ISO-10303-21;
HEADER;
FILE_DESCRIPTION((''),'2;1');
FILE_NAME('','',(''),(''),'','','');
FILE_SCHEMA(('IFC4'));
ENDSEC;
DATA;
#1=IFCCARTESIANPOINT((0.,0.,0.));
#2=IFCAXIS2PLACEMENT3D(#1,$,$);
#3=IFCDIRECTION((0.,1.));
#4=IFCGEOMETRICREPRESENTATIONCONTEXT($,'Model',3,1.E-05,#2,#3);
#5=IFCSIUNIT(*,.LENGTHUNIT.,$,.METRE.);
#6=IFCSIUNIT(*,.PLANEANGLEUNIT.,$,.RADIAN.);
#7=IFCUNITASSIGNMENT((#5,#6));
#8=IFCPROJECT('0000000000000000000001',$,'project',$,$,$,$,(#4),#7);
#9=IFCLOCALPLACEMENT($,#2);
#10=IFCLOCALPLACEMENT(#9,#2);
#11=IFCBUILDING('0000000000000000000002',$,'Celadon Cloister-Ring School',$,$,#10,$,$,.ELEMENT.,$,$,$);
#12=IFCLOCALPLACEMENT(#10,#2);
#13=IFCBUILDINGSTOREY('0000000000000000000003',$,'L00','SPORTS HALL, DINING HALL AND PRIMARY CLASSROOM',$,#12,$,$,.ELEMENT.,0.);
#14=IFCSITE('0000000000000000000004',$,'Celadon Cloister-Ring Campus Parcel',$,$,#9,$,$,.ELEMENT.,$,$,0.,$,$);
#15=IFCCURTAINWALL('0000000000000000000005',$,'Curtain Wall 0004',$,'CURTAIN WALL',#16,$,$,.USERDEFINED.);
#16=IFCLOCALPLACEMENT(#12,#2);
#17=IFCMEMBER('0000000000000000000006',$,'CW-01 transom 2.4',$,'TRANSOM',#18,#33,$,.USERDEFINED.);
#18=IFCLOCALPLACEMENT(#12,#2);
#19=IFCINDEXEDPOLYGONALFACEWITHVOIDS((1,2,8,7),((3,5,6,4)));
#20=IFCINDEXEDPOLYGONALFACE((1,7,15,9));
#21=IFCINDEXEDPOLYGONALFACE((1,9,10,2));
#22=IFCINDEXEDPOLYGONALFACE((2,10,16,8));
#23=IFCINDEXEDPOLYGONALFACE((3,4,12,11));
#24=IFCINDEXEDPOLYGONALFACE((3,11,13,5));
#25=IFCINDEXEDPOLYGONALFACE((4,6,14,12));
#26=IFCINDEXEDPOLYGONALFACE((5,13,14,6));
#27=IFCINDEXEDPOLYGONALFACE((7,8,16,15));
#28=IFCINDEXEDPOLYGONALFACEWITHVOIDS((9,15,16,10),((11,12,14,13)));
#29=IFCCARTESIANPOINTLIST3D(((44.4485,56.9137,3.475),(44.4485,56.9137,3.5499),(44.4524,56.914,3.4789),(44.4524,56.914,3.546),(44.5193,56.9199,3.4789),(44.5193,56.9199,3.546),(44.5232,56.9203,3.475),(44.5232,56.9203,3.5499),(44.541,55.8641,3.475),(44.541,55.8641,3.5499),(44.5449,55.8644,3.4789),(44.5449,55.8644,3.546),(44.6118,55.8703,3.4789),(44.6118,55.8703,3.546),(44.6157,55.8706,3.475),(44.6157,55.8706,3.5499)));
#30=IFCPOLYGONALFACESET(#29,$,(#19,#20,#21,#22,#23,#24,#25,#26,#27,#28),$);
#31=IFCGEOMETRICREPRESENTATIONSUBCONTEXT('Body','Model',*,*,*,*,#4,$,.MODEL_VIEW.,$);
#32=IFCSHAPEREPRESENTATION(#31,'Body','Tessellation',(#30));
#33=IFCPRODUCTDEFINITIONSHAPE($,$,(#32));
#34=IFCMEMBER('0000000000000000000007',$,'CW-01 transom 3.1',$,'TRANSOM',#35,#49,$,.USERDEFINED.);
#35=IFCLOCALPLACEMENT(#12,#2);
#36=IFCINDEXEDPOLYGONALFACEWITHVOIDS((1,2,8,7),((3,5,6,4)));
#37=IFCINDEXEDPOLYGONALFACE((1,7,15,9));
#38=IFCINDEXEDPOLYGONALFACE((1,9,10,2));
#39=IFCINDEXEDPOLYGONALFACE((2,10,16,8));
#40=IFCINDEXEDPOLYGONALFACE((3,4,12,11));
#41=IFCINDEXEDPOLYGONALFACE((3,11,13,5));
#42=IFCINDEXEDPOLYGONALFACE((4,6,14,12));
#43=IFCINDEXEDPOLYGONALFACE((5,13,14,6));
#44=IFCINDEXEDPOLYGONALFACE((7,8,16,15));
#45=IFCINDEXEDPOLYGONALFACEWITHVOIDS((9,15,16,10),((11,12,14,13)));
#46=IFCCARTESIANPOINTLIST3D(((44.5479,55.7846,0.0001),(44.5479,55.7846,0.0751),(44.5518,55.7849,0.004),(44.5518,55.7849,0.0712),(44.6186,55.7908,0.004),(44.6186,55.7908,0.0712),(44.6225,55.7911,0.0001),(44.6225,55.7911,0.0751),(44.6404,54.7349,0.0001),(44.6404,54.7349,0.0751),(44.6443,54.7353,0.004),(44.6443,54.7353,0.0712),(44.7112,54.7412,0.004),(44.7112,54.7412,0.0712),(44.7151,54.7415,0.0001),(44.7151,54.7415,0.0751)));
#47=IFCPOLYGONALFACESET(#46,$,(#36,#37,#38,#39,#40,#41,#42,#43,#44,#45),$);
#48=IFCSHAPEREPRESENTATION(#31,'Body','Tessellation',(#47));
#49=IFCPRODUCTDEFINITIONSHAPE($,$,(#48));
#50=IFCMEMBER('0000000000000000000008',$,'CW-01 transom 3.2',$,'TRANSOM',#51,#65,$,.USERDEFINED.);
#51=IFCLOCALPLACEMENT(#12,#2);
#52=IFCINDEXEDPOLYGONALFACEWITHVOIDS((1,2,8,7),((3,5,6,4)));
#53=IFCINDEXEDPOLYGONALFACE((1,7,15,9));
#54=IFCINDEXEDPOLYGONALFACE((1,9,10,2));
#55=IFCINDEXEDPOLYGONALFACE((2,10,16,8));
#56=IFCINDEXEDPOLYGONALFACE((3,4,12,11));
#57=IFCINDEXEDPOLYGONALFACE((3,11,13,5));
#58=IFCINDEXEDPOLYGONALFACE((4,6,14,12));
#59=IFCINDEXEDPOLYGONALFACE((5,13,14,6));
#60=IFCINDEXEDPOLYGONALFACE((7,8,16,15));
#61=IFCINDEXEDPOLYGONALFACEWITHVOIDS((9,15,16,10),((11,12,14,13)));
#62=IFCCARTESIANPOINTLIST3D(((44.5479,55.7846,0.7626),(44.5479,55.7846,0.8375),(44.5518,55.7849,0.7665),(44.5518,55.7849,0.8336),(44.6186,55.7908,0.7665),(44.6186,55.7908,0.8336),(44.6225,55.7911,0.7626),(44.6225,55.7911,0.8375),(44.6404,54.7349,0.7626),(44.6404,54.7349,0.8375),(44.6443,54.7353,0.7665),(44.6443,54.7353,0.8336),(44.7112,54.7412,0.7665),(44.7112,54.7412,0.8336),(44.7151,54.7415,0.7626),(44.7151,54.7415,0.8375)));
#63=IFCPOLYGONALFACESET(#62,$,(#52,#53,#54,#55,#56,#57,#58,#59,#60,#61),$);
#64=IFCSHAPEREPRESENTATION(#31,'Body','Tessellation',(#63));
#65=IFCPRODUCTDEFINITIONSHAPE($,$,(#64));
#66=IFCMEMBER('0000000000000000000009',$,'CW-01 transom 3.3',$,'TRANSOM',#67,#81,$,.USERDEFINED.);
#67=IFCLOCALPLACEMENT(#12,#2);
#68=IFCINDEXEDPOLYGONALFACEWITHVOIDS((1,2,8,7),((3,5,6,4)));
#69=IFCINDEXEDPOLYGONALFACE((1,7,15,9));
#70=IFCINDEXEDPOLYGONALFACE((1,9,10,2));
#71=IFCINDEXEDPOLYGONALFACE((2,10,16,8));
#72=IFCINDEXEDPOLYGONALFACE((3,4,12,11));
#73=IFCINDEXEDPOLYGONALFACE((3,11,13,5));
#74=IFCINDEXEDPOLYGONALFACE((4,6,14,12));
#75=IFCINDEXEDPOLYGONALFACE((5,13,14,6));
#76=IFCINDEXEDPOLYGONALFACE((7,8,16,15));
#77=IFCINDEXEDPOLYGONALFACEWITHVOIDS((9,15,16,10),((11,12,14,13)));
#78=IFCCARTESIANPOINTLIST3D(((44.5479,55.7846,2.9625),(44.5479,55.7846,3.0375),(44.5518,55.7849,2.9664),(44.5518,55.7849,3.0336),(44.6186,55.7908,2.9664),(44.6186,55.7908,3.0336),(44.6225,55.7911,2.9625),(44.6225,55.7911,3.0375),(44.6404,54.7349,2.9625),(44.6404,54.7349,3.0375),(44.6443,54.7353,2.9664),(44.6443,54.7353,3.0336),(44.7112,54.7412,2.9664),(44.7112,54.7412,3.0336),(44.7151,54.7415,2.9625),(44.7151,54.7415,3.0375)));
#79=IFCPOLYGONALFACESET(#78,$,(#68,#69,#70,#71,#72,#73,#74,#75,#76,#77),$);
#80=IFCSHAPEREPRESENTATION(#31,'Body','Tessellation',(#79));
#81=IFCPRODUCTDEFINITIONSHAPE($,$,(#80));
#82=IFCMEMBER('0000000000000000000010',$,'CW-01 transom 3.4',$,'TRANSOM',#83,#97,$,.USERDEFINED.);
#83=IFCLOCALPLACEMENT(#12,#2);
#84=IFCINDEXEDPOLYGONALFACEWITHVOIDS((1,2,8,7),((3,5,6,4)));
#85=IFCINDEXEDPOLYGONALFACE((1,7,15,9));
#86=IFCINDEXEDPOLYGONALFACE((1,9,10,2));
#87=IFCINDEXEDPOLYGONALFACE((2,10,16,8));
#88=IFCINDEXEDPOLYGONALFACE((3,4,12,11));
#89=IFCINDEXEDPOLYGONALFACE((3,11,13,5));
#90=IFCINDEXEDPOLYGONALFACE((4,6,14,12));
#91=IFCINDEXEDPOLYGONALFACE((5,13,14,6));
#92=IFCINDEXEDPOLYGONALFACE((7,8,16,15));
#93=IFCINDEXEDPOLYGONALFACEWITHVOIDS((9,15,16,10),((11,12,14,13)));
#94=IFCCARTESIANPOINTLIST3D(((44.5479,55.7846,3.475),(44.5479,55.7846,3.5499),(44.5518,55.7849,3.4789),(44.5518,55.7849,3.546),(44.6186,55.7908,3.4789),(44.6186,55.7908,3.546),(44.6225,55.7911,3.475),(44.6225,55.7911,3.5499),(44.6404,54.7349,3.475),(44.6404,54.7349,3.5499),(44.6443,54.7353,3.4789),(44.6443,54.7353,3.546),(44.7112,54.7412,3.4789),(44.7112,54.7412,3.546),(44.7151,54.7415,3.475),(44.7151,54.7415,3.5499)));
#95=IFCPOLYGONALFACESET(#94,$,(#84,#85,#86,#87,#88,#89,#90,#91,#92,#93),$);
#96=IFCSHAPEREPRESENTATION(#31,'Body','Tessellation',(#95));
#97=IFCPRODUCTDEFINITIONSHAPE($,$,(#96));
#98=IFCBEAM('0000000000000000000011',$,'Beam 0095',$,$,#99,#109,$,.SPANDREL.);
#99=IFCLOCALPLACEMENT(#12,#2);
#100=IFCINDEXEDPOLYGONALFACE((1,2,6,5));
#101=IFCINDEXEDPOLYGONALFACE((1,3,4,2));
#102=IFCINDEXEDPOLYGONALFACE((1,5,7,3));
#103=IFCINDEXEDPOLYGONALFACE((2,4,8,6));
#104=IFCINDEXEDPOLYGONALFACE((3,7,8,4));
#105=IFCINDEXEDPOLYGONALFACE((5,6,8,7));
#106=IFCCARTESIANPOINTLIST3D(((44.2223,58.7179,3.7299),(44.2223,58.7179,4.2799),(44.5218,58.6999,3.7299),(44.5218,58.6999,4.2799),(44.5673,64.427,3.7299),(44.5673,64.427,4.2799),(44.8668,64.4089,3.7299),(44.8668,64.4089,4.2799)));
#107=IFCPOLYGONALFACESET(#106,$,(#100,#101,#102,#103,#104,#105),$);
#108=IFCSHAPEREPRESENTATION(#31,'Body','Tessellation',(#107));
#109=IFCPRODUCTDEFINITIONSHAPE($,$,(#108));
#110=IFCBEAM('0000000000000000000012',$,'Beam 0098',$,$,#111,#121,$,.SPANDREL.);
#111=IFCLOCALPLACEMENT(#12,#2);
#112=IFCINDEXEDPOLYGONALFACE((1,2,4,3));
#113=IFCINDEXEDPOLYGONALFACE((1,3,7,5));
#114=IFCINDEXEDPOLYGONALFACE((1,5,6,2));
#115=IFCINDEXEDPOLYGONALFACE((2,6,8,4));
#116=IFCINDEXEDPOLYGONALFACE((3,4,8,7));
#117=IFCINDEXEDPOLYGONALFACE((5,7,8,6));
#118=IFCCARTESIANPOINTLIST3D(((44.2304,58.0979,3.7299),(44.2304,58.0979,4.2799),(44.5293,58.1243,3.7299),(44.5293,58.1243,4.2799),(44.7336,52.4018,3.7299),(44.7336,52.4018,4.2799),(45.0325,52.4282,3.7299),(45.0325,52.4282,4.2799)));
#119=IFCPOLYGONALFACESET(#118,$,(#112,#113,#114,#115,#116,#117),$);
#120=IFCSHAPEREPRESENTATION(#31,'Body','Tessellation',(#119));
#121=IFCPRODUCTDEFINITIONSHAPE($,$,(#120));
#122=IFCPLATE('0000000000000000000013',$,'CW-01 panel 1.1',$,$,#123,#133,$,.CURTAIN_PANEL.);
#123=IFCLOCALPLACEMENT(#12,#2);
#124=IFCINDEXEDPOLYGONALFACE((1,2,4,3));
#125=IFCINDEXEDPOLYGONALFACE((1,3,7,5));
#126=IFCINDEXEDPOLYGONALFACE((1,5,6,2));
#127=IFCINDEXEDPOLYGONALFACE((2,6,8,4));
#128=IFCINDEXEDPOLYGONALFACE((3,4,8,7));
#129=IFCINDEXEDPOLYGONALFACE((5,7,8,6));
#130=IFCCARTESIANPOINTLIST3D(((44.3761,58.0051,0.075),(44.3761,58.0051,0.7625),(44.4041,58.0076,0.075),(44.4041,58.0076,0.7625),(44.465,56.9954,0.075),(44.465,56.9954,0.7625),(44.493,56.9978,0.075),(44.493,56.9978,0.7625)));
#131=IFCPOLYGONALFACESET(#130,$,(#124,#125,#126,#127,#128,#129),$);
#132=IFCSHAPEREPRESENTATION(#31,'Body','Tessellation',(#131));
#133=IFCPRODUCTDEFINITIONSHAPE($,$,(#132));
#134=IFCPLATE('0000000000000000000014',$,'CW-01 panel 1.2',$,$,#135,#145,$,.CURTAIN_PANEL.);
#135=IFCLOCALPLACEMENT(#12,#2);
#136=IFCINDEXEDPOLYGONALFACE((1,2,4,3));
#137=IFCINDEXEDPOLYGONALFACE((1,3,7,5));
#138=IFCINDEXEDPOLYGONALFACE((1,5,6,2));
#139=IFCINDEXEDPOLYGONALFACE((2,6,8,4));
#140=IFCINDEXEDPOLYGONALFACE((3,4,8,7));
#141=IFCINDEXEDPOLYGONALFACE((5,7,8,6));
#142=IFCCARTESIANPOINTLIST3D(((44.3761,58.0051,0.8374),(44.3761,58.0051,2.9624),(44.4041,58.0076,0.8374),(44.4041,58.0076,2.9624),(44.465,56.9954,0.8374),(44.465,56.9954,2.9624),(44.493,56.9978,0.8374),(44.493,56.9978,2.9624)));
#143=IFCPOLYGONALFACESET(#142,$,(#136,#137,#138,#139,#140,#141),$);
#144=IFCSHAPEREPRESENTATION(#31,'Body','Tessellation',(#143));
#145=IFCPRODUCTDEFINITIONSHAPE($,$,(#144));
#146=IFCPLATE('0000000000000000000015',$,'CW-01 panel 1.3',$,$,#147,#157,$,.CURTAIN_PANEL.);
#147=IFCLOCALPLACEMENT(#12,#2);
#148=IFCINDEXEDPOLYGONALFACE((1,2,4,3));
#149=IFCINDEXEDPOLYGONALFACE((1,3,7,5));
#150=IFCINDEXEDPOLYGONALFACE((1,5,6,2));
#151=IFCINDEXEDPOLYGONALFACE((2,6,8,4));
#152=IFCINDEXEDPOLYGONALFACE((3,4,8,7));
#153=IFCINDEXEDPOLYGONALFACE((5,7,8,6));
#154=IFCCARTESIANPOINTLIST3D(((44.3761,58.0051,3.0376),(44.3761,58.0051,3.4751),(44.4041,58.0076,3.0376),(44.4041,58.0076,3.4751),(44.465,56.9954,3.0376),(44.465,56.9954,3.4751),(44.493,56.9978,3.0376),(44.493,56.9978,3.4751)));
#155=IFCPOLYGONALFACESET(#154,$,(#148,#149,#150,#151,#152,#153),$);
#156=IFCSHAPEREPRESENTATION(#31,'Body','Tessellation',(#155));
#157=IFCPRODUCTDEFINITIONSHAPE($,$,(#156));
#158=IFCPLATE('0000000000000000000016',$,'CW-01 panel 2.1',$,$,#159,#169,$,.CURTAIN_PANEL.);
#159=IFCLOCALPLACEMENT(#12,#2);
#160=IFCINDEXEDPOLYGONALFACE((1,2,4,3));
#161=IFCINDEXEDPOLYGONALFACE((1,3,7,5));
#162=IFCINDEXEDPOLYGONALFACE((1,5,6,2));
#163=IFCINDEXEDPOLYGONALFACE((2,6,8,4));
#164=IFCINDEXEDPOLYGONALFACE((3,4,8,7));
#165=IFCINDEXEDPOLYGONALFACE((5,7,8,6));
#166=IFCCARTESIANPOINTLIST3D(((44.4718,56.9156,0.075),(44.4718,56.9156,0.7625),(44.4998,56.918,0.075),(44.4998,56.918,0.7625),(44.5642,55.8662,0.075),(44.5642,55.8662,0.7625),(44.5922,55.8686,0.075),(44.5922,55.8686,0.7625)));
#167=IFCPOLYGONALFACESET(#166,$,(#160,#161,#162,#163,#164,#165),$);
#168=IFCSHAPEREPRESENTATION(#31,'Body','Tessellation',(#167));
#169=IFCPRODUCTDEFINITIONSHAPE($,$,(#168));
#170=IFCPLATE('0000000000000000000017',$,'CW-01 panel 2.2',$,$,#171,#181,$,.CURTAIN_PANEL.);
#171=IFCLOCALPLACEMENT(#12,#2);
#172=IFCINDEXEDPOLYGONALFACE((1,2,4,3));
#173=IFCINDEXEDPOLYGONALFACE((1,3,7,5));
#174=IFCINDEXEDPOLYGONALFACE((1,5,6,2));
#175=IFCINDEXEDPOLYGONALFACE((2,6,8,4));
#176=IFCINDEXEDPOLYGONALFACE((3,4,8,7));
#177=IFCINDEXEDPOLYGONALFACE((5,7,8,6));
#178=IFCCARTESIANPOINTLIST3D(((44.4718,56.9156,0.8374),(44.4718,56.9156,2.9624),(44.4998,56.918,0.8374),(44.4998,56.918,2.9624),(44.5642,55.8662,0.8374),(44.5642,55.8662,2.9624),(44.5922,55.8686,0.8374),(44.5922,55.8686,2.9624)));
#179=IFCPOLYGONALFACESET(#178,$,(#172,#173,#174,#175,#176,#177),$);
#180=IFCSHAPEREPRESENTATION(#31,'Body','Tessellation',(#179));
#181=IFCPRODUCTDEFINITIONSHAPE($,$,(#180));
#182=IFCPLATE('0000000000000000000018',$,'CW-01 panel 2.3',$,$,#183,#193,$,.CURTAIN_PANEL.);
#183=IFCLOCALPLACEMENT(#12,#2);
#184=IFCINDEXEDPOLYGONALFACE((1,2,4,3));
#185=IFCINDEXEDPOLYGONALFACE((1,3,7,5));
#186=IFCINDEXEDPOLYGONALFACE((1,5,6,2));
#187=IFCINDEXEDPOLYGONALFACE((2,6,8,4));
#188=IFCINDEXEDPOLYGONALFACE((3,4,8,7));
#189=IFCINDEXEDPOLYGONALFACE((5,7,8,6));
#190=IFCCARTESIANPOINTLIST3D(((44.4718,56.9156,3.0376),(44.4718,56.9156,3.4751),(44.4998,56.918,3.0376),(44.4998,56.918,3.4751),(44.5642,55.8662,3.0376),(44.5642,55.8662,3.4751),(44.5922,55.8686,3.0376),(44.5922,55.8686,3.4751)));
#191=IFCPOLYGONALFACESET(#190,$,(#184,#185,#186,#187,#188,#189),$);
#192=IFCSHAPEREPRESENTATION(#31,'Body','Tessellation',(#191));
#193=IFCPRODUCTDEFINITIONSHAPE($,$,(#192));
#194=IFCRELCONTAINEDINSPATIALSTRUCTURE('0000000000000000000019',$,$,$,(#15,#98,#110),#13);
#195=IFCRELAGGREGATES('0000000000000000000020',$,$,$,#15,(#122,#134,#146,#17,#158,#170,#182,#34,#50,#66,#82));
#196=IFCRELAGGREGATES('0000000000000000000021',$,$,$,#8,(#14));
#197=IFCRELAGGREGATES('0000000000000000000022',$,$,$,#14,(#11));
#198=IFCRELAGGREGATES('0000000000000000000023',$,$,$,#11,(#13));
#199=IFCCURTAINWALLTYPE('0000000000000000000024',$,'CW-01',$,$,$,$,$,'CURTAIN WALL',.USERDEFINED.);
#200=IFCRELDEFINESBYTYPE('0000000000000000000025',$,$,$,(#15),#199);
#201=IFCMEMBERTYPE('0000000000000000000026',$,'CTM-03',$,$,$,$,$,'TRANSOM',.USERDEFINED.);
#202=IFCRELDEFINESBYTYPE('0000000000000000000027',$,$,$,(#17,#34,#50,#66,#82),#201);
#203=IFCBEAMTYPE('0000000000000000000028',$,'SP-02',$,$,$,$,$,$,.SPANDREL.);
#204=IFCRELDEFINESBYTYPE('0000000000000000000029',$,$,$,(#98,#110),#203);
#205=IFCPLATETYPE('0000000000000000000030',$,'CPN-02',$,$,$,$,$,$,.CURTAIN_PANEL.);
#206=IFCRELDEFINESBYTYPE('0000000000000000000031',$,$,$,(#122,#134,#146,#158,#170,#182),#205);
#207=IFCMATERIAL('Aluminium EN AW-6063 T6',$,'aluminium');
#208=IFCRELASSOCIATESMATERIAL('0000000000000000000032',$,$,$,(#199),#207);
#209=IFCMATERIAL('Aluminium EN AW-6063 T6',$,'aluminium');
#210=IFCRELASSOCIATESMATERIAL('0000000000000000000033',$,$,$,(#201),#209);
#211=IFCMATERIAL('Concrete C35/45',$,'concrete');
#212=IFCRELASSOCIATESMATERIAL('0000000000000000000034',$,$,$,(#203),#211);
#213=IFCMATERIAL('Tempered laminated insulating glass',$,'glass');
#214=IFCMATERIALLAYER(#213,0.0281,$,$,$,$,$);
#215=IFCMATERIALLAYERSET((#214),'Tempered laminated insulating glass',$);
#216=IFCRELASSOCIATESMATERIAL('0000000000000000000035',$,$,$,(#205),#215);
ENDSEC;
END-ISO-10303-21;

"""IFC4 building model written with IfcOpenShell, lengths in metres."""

from ifc_helpers import new_model, si_unit, direction, frame, origin, origin_2d, place, context, subcontext, project, spatial, rectangle, hollow_rectangle, extrude, material, layer, layer_set, material_profile, profile_set, type_object, element, aggregate, save


model = new_model("IFC4")

# Units and contexts
model_context = context("Model", 3, precision=1e-05, world=origin(), true_north=direction((0.0, 1.0)))
body_context = subcontext(model_context, "Body", "Model", "MODEL_VIEW")
ifc_project = project(units=[si_unit("LENGTHUNIT", "METRE"), si_unit("PLANEANGLEUNIT", "RADIAN")], contexts=[model_context])

# Site, building, storey
site_placement = place(None, origin())
site = spatial("IfcSite", under=ifc_project, at=site_placement, Name="Celadon Cloister-Ring Campus Parcel", CompositionType="ELEMENT", RefElevation=0.0)
building_placement = place(site_placement, origin())
building = spatial("IfcBuilding", under=site, at=building_placement, Name="Celadon Cloister-Ring School", CompositionType="ELEMENT")
storey_placement = place(building_placement, origin())
storey = spatial("IfcBuildingStorey", under=building, at=storey_placement, Name="L00", Description="SPORTS HALL, DINING HALL AND PRIMARY CLASSROOM", CompositionType="ELEMENT", Elevation=0.0)

# Curtain wall, members
ifc_material_1 = material(Name="Aluminium EN AW-6063 T6", Category="aluminium")
curtain_wall_type = type_object("IfcCurtainWallType", Name="CW-01", ElementType="CURTAIN WALL", PredefinedType="USERDEFINED", material=ifc_material_1)
curtain_wall_placement = place(storey_placement, origin())
curtain_wall = element("IfcCurtainWall", 1, at=curtain_wall_placement, inside=storey, type_object=curtain_wall_type, Name="Curtain Wall 0004", ObjectType="CURTAIN WALL", PredefinedType="USERDEFINED")
ifc_material_2 = material(Name="Aluminium EN AW-6063 T6", Category="aluminium")
ifc_material_profile_1 = material_profile(ifc_material_2, hollow_rectangle(XDim=0.075, YDim=0.075, WallThickness=0.0039, at=origin_2d()), Name="RHS75X75X4")
ifc_profile_set_1 = profile_set([ifc_material_profile_1], Name="Aluminium EN AW-6063 T6")
member_type_1 = type_object("IfcMemberType", Name="CTM-03", ElementType="TRANSOM", PredefinedType="USERDEFINED", material=ifc_profile_set_1)
member_1_placement = place(storey_placement, frame((44.4858, 56.917, 3.5125), z_axis=(0.087819, -0.996136, 0.0), x_axis=(0.996136, 0.087819, 0.0)))
member_1 = element("IfcMember", 2, at=member_1_placement, type_object=member_type_1, Name="CW-01 transom 2.4", ObjectType="TRANSOM", PredefinedType="USERDEFINED", context=body_context, shape_type="SweptSolid", body=[
    extrude(hollow_rectangle(XDim=0.075, YDim=0.075, WallThickness=0.0039, at=origin_2d()), origin(), (0.0, 0.0, 1.0), 1.0537),
])
member_2_placement = place(storey_placement, frame((44.5852, 55.7878, 0.0376), z_axis=(0.087819, -0.996136, 0.0), x_axis=(0.996136, 0.087819, 0.0)))
member_2 = element("IfcMember", 3, at=member_2_placement, type_object=member_type_1, Name="CW-01 transom 3.1", ObjectType="TRANSOM", PredefinedType="USERDEFINED", context=body_context, shape_type="SweptSolid", body=[
    extrude(hollow_rectangle(XDim=0.075, YDim=0.075, WallThickness=0.0039, at=origin_2d()), origin(), (0.0, 0.0, 1.0), 1.0537),
])
member_3_placement = place(storey_placement, frame((44.5852, 55.7878, 0.8), z_axis=(0.087819, -0.996136, 0.0), x_axis=(0.996136, 0.087819, 0.0)))
member_3 = element("IfcMember", 4, at=member_3_placement, type_object=member_type_1, Name="CW-01 transom 3.2", ObjectType="TRANSOM", PredefinedType="USERDEFINED", context=body_context, shape_type="SweptSolid", body=[
    extrude(hollow_rectangle(XDim=0.075, YDim=0.075, WallThickness=0.0039, at=origin_2d()), origin(), (0.0, 0.0, 1.0), 1.0537),
])
member_4_placement = place(storey_placement, frame((44.5852, 55.7878, 3.0), z_axis=(0.087819, -0.996136, 0.0), x_axis=(0.996136, 0.087819, 0.0)))
member_4 = element("IfcMember", 5, at=member_4_placement, type_object=member_type_1, Name="CW-01 transom 3.3", ObjectType="TRANSOM", PredefinedType="USERDEFINED", context=body_context, shape_type="SweptSolid", body=[
    extrude(hollow_rectangle(XDim=0.075, YDim=0.075, WallThickness=0.0039, at=origin_2d()), origin(), (0.0, 0.0, 1.0), 1.0537),
])
member_5_placement = place(storey_placement, frame((44.5852, 55.7878, 3.5125), z_axis=(0.087819, -0.996136, 0.0), x_axis=(0.996136, 0.087819, 0.0)))
member_5 = element("IfcMember", 6, at=member_5_placement, type_object=member_type_1, Name="CW-01 transom 3.4", ObjectType="TRANSOM", PredefinedType="USERDEFINED", context=body_context, shape_type="SweptSolid", body=[
    extrude(hollow_rectangle(XDim=0.075, YDim=0.075, WallThickness=0.0039, at=origin_2d()), origin(), (0.0, 0.0, 1.0), 1.0537),
])

# Beams
ifc_material_3 = material(Name="Concrete C35/45", Category="concrete")
ifc_material_profile_2 = material_profile(ifc_material_3, rectangle(XDim=0.3, YDim=0.55, at=origin_2d()), Name="RC300X550")
ifc_profile_set_2 = profile_set([ifc_material_profile_2], Name="Concrete C35/45")
beam_type_1 = type_object("IfcBeamType", Name="SP-02", PredefinedType="SPANDREL", material=ifc_profile_set_2)
beam_1_placement = place(storey_placement, frame((44.717, 64.418, 4.0049), z_axis=(-0.060316, -0.998179, 0.0), x_axis=(0.998179, -0.060316, 0.0)))
element("IfcBeam", 7, at=beam_1_placement, inside=storey, type_object=beam_type_1, Name="Beam 0095", PredefinedType="SPANDREL", context=body_context, shape_type="SweptSolid", body=[
    extrude(rectangle(XDim=0.3, YDim=0.55, at=origin_2d()), origin(), (0.0, 0.0, 1.0), 5.7195),
])
beam_2_placement = place(storey_placement, frame((44.3799, 58.1111, 4.0049), z_axis=(0.087995, -0.996121, 0.0), x_axis=(0.996121, 0.087995, 0.0)))
element("IfcBeam", 8, at=beam_2_placement, inside=storey, type_object=beam_type_1, Name="Beam 0098", PredefinedType="SPANDREL", context=body_context, shape_type="SweptSolid", body=[
    extrude(rectangle(XDim=0.3, YDim=0.55, at=origin_2d()), origin(), (0.0, 0.0, 1.0), 5.7183),
])

# Plates
ifc_material_4 = material(Name="Tempered laminated insulating glass", Category="glass")
ifc_layer_1 = layer(ifc_material_4, 0.0281)
ifc_layer_set_1 = layer_set([ifc_layer_1], Name="Tempered laminated insulating glass")
plate_type = type_object("IfcPlateType", Name="CPN-02", PredefinedType="CURTAIN_PANEL", material=ifc_layer_set_1)
plate_1_placement = place(storey_placement, frame((44.4346, 57.5015, 0.075), z_axis=(0.0, 0.0, 1.0), x_axis=(0.087688, -0.996148, 0.0)))
plate_1 = element("IfcPlate", 9, at=plate_1_placement, type_object=plate_type, Name="CW-01 panel 1.1", PredefinedType="CURTAIN_PANEL", context=body_context, shape_type="SweptSolid", body=[
    extrude(rectangle(XDim=1.0137, YDim=0.0281, at=origin_2d()), origin(), (0.0, 0.0, 1.0), 0.6875),
])
plate_2_placement = place(storey_placement, frame((44.4346, 57.5015, 0.8374), z_axis=(0.0, 0.0, 1.0), x_axis=(0.087688, -0.996148, 0.0)))
plate_2 = element("IfcPlate", 10, at=plate_2_placement, type_object=plate_type, Name="CW-01 panel 1.2", PredefinedType="CURTAIN_PANEL", context=body_context, shape_type="SweptSolid", body=[
    extrude(rectangle(XDim=1.0137, YDim=0.0281, at=origin_2d()), origin(), (0.0, 0.0, 1.0), 2.125),
])
plate_3_placement = place(storey_placement, frame((44.4346, 57.5015, 3.0376), z_axis=(0.0, 0.0, 1.0), x_axis=(0.087688, -0.996148, 0.0)))
plate_3 = element("IfcPlate", 11, at=plate_3_placement, type_object=plate_type, Name="CW-01 panel 1.3", PredefinedType="CURTAIN_PANEL", context=body_context, shape_type="SweptSolid", body=[
    extrude(rectangle(XDim=1.0137, YDim=0.0281, at=origin_2d()), origin(), (0.0, 0.0, 1.0), 0.4375),
])
plate_4_placement = place(storey_placement, frame((44.532, 56.3921, 0.075), z_axis=(0.0, 0.0, 1.0), x_axis=(0.087688, -0.996148, 0.0)))
plate_4 = element("IfcPlate", 12, at=plate_4_placement, type_object=plate_type, Name="CW-01 panel 2.1", PredefinedType="CURTAIN_PANEL", context=body_context, shape_type="SweptSolid", body=[
    extrude(rectangle(XDim=1.0535, YDim=0.0281, at=origin_2d()), origin(), (0.0, 0.0, 1.0), 0.6875),
])
plate_5_placement = place(storey_placement, frame((44.532, 56.3921, 0.8374), z_axis=(0.0, 0.0, 1.0), x_axis=(0.087688, -0.996148, 0.0)))
plate_5 = element("IfcPlate", 13, at=plate_5_placement, type_object=plate_type, Name="CW-01 panel 2.2", PredefinedType="CURTAIN_PANEL", context=body_context, shape_type="SweptSolid", body=[
    extrude(rectangle(XDim=1.0535, YDim=0.0281, at=origin_2d()), origin(), (0.0, 0.0, 1.0), 2.125),
])
plate_6_placement = place(storey_placement, frame((44.532, 56.3921, 3.0376), z_axis=(0.0, 0.0, 1.0), x_axis=(0.087688, -0.996148, 0.0)))
plate_6 = element("IfcPlate", 14, at=plate_6_placement, type_object=plate_type, Name="CW-01 panel 2.3", PredefinedType="CURTAIN_PANEL", context=body_context, shape_type="SweptSolid", body=[
    extrude(rectangle(XDim=1.0535, YDim=0.0281, at=origin_2d()), origin(), (0.0, 0.0, 1.0), 0.4375),
])
aggregate(curtain_wall, [plate_1, plate_2, plate_3, member_1, plate_4, plate_5, plate_6, member_2, member_3, member_4, member_5])

save(model, "model.ifc")
